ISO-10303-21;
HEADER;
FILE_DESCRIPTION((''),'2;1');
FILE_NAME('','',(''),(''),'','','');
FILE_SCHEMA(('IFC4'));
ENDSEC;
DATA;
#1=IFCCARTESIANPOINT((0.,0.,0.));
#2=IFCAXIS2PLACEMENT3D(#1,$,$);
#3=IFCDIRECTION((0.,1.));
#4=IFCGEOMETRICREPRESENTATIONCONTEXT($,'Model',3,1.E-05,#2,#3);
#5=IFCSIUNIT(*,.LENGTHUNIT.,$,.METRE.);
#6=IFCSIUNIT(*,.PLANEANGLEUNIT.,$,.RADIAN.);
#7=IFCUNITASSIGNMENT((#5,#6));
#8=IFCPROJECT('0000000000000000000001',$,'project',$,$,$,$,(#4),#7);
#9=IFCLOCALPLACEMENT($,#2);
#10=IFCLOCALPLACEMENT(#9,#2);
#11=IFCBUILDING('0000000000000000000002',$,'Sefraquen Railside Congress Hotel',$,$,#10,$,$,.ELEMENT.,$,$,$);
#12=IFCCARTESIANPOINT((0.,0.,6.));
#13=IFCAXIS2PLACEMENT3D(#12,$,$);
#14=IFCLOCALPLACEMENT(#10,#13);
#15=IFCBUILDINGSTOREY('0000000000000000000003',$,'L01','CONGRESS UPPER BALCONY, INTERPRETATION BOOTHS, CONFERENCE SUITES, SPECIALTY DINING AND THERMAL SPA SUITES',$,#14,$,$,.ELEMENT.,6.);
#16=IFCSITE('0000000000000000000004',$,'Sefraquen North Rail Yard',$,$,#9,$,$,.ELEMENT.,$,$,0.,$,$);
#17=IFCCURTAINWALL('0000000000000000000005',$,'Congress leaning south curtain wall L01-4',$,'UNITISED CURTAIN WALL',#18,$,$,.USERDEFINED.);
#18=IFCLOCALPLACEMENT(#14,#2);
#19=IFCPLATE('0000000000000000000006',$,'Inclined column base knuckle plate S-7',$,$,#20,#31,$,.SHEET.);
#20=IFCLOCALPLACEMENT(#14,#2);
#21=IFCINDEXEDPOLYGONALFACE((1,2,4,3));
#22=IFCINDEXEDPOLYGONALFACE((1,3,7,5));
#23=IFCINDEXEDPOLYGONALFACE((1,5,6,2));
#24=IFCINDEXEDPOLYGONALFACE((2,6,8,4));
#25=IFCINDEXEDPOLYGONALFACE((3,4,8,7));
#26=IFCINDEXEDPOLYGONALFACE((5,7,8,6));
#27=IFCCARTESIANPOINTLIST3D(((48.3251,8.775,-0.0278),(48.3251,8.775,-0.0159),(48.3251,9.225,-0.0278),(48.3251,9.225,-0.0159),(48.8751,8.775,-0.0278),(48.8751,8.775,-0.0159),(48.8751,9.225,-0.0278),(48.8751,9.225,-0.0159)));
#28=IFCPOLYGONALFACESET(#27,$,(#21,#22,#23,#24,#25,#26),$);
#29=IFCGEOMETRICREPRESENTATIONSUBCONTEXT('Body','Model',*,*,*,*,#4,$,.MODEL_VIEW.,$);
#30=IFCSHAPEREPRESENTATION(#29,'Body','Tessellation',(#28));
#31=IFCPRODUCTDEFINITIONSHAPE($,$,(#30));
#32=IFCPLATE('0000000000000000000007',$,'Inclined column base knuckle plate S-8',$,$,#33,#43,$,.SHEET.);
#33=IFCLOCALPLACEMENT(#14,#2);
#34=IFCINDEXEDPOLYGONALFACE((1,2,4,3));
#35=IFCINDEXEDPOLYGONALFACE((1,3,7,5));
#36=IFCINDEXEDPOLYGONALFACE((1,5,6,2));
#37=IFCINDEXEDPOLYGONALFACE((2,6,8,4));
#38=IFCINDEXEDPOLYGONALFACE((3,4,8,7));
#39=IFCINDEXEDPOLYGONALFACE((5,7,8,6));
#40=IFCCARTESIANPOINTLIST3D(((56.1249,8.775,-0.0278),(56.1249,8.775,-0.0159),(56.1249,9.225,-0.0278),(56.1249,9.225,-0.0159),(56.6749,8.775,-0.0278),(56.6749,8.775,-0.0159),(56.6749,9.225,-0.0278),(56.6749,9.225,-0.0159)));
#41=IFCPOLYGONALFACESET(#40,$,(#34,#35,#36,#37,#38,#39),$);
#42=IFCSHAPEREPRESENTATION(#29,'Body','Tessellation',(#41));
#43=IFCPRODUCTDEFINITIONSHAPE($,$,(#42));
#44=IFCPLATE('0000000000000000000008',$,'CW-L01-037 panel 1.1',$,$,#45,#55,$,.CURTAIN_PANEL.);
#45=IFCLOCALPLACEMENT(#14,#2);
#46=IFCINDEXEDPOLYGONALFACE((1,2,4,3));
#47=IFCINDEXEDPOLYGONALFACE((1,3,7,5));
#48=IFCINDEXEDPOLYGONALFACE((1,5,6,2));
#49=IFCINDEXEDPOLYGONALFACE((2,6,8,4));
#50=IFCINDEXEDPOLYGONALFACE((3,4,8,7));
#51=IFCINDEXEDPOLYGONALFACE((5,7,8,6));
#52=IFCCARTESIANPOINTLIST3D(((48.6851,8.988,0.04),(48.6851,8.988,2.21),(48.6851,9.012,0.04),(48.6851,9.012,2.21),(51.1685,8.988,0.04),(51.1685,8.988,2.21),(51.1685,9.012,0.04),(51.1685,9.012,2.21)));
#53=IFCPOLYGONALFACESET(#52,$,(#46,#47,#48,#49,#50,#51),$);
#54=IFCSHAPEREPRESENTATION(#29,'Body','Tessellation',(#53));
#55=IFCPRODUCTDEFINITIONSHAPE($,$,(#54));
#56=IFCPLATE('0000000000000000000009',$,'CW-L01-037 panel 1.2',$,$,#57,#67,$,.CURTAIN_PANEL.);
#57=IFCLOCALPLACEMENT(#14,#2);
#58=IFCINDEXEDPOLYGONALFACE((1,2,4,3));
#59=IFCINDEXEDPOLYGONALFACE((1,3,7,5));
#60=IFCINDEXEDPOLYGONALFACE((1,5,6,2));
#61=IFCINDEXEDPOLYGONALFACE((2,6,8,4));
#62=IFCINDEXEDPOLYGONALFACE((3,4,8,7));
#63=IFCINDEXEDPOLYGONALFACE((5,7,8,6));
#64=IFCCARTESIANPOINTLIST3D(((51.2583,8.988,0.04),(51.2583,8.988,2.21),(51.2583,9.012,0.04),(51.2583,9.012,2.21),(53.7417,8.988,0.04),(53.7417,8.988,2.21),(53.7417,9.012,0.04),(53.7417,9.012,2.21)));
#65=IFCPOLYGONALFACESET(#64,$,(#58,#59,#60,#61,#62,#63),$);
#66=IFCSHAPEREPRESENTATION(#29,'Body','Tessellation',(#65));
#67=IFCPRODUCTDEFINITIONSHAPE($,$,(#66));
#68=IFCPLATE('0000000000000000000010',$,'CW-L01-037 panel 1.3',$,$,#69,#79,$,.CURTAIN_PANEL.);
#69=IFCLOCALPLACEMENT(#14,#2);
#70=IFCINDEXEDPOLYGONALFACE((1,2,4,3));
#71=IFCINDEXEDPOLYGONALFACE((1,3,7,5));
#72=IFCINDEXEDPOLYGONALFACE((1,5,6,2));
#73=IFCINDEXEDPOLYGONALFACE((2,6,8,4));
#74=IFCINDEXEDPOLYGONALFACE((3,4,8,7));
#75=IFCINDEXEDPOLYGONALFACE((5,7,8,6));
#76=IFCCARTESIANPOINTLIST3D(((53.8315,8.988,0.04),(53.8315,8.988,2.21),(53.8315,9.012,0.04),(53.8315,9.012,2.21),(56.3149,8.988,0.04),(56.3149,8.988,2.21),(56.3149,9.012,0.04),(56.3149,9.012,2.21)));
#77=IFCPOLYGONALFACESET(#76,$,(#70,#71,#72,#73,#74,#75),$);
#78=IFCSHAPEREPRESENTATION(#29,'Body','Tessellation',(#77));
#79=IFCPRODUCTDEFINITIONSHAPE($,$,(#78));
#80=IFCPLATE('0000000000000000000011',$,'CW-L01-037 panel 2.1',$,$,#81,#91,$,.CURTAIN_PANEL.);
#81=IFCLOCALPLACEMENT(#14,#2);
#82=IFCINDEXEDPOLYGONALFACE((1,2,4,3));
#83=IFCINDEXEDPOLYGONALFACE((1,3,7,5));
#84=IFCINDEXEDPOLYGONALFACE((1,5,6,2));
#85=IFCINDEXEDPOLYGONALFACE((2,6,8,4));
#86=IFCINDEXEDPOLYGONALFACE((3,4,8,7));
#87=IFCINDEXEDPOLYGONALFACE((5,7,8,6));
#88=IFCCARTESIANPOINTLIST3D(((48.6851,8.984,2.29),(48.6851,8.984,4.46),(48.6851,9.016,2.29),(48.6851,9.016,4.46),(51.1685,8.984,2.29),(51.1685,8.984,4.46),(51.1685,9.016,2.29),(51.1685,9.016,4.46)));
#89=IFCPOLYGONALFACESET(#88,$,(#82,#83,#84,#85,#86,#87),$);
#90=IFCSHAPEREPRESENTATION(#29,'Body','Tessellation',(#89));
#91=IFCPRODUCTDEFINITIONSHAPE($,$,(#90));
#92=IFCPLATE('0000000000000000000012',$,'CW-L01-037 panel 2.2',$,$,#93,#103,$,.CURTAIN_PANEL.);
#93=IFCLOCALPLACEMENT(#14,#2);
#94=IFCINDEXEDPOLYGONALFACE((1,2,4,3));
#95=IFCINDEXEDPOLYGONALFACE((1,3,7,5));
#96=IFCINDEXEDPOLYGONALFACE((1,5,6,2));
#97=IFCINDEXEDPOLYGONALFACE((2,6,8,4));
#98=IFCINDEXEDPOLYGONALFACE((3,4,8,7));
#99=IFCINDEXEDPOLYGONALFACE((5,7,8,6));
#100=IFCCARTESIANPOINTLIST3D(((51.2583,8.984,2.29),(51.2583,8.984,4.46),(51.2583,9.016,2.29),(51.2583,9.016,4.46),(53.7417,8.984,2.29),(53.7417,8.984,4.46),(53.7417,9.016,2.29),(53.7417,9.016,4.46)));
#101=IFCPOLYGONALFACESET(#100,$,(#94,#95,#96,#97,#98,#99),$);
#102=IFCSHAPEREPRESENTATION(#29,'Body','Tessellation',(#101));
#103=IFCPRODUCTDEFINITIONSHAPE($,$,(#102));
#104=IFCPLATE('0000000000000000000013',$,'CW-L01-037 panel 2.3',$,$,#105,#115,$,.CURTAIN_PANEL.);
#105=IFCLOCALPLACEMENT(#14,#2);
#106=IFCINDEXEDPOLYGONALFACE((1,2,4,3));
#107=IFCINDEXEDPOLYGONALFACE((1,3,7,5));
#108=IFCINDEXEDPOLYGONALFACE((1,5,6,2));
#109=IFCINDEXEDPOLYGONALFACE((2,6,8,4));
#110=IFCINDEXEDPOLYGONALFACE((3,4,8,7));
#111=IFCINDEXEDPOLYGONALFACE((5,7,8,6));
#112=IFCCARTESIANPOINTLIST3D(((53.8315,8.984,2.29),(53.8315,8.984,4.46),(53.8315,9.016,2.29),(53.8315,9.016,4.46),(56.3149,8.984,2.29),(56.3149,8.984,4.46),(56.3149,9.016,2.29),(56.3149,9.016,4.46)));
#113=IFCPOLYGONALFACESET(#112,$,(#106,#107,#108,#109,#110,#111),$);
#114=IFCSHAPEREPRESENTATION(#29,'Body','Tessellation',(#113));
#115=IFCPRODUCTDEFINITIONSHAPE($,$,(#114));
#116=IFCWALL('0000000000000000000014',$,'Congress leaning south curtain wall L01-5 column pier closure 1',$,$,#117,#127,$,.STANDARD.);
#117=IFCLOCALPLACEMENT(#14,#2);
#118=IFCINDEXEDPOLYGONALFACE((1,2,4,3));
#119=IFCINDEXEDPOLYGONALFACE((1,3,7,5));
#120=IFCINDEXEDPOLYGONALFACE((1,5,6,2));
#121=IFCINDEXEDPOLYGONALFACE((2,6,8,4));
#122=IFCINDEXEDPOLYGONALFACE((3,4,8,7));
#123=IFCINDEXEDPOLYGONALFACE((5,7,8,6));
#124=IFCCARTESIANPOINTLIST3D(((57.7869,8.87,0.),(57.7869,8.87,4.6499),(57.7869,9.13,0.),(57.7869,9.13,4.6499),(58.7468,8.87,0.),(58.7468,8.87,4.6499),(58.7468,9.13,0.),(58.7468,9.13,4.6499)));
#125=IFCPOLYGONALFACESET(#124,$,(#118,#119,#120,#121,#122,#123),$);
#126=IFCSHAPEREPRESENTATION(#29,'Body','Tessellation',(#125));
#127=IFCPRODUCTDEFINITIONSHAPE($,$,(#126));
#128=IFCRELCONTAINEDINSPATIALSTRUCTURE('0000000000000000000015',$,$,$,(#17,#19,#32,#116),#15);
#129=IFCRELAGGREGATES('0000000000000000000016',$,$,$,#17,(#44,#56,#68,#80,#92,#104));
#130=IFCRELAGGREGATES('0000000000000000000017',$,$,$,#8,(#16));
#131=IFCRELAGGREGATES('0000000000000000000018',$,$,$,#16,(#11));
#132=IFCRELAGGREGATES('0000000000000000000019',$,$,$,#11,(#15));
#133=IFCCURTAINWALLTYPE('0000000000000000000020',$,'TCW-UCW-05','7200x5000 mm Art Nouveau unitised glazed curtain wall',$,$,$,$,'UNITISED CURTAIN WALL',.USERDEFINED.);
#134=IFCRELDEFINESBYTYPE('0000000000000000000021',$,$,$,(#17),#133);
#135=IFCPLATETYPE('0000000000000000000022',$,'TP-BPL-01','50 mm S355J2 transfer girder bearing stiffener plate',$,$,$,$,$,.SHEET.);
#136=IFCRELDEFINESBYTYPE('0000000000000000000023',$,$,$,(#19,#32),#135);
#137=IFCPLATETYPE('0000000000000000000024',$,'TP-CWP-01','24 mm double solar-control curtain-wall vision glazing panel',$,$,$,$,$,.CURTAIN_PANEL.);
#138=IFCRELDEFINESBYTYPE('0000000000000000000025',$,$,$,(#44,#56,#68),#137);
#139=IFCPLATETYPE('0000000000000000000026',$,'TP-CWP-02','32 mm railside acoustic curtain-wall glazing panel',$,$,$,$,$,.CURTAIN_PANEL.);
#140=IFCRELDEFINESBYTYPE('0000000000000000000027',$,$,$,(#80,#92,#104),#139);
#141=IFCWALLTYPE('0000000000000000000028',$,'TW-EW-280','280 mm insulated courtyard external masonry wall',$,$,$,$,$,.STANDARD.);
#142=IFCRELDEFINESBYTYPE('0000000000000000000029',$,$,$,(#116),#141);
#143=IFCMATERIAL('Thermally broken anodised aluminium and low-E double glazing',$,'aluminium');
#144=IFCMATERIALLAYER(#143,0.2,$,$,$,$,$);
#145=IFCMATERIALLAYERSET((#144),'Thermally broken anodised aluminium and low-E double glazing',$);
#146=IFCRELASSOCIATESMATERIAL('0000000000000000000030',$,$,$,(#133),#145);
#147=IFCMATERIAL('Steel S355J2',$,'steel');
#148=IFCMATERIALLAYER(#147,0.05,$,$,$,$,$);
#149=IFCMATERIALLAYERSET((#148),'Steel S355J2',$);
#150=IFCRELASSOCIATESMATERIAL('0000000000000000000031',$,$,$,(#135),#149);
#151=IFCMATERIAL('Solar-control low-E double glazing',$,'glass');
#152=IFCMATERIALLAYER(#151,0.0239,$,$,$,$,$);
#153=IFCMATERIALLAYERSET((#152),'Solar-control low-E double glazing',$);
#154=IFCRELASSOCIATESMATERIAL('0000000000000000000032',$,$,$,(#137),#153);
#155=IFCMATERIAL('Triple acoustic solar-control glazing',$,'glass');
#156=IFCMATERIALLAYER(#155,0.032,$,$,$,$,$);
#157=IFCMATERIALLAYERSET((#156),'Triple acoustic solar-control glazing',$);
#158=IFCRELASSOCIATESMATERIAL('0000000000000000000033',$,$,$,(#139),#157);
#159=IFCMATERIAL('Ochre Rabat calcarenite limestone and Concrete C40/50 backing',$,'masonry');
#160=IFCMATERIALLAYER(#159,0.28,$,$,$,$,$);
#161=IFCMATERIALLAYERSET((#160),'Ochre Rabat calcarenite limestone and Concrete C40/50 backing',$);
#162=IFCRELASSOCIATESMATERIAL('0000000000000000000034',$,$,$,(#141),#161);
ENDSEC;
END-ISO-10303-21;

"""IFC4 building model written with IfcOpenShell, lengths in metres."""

from ifc_helpers import new_model, si_unit, direction, frame, frame_2d, origin, origin_2d, place, context, subcontext, project, spatial, rectangle, extrude, material, layer, layer_set, type_object, element, aggregate, save


model = new_model("IFC4")

# Units and contexts
model_context = context("Model", 3, precision=1e-05, world=origin(), true_north=direction((0.0, 1.0)))
body_context = subcontext(model_context, "Body", "Model", "MODEL_VIEW")
ifc_project = project(units=[si_unit("LENGTHUNIT", "METRE"), si_unit("PLANEANGLEUNIT", "RADIAN")], contexts=[model_context])

# Site, building, storey
site_placement = place(None, origin())
site = spatial("IfcSite", under=ifc_project, at=site_placement, Name="Sefraquen North Rail Yard", CompositionType="ELEMENT", RefElevation=0.0)
building_placement = place(site_placement, origin())
building = spatial("IfcBuilding", under=site, at=building_placement, Name="Sefraquen Railside Congress Hotel", CompositionType="ELEMENT")
storey_placement = place(building_placement, frame((0.0, 0.0, 6.0)))
storey = spatial("IfcBuildingStorey", under=building, at=storey_placement, Name="L01", Description="CONGRESS UPPER BALCONY, INTERPRETATION BOOTHS, CONFERENCE SUITES, SPECIALTY DINING AND THERMAL SPA SUITES", CompositionType="ELEMENT", Elevation=6.0)

# Shared definitions
ifc_material_1 = material(Name="Steel S355J2", Category="steel")

# Curtain wall
ifc_material_2 = material(Name="Thermally broken anodised aluminium and low-E double glazing", Category="aluminium")
ifc_layer_1 = layer(ifc_material_2, 0.2)
ifc_layer_set_1 = layer_set([ifc_layer_1], Name="Thermally broken anodised aluminium and low-E double glazing")
curtain_wall_type_1 = type_object("IfcCurtainWallType", Name="TCW-UCW-05", Description="7200x5000 mm Art Nouveau unitised glazed curtain wall", ElementType="UNITISED CURTAIN WALL", PredefinedType="USERDEFINED", material=ifc_layer_set_1)
curtain_wall_1_placement = place(storey_placement, origin())
curtain_wall_1 = element("IfcCurtainWall", 1, at=curtain_wall_1_placement, inside=storey, type_object=curtain_wall_type_1, Name="Congress leaning south curtain wall L01-4", ObjectType="UNITISED CURTAIN WALL", PredefinedType="USERDEFINED")

# Plates
ifc_layer_2 = layer(ifc_material_1, 0.05)
ifc_layer_set_2 = layer_set([ifc_layer_2], Name="Steel S355J2")
plate_type_1 = type_object("IfcPlateType", Name="TP-BPL-01", Description="50 mm S355J2 transfer girder bearing stiffener plate", PredefinedType="SHEET", material=ifc_layer_set_2)
for number, where, z_axis, x_axis, name in (
    (2, (48.6001, 9.0, -0.0278), (0.0, 0.0, 1.0), (1.0, 0.0, 0.0), "Inclined column base knuckle plate S-7"),
    (3, (56.3999, 9.0, -0.0278), (0.0, 0.0, 1.0), (1.0, 0.0, 0.0), "Inclined column base knuckle plate S-8"),
):
    element("IfcPlate", number, at=place(storey_placement, frame(where, z_axis=z_axis, x_axis=x_axis)), inside=storey, type_object=plate_type_1, Name=name, PredefinedType="SHEET", context=body_context, shape_type="SweptSolid", body=[
        extrude(rectangle(XDim=0.55, YDim=0.45, at=origin_2d()), origin(), (0.0, 0.0, 1.0), 0.012),
    ])

# Plates
ifc_material_3 = material(Name="Solar-control low-E double glazing", Category="glass")
ifc_layer_3 = layer(ifc_material_3, 0.0239)
ifc_layer_set_3 = layer_set([ifc_layer_3], Name="Solar-control low-E double glazing")
plate_type_2 = type_object("IfcPlateType", Name="TP-CWP-01", Description="24 mm double solar-control curtain-wall vision glazing panel", PredefinedType="CURTAIN_PANEL", material=ifc_layer_set_3)
plate_1_placement = place(storey_placement, frame((49.9268, 9.0, 0.04), z_axis=(0.0, 0.0, 1.0), x_axis=(1.0, 0.0, 0.0)))
plate_1 = element("IfcPlate", 4, at=plate_1_placement, type_object=plate_type_2, Name="CW-L01-037 panel 1.1", PredefinedType="CURTAIN_PANEL", context=body_context, shape_type="SweptSolid", body=[
    extrude(rectangle(XDim=2.4834, YDim=0.0239, at=origin_2d()), origin(), (0.0, 0.0, 1.0), 2.1699),
])
plate_2_placement = place(storey_placement, frame((52.5, 9.0, 0.04), z_axis=(0.0, 0.0, 1.0), x_axis=(1.0, 0.0, 0.0)))
plate_2 = element("IfcPlate", 5, at=plate_2_placement, type_object=plate_type_2, Name="CW-L01-037 panel 1.2", PredefinedType="CURTAIN_PANEL", context=body_context, shape_type="SweptSolid", body=[
    extrude(rectangle(XDim=2.4834, YDim=0.0239, at=origin_2d()), origin(), (0.0, 0.0, 1.0), 2.1699),
])
plate_3_placement = place(storey_placement, frame((55.0732, 9.0, 0.04), z_axis=(0.0, 0.0, 1.0), x_axis=(1.0, 0.0, 0.0)))
plate_3 = element("IfcPlate", 6, at=plate_3_placement, type_object=plate_type_2, Name="CW-L01-037 panel 1.3", PredefinedType="CURTAIN_PANEL", context=body_context, shape_type="SweptSolid", body=[
    extrude(rectangle(XDim=2.4834, YDim=0.0239, at=origin_2d()), origin(), (0.0, 0.0, 1.0), 2.1699),
])
ifc_material_4 = material(Name="Triple acoustic solar-control glazing", Category="glass")
ifc_layer_4 = layer(ifc_material_4, 0.032)
ifc_layer_set_4 = layer_set([ifc_layer_4], Name="Triple acoustic solar-control glazing")
plate_type_3 = type_object("IfcPlateType", Name="TP-CWP-02", Description="32 mm railside acoustic curtain-wall glazing panel", PredefinedType="CURTAIN_PANEL", material=ifc_layer_set_4)
plate_4_placement = place(storey_placement, frame((49.9268, 9.0, 2.29), z_axis=(0.0, 0.0, 1.0), x_axis=(1.0, 0.0, 0.0)))
plate_4 = element("IfcPlate", 7, at=plate_4_placement, type_object=plate_type_3, Name="CW-L01-037 panel 2.1", PredefinedType="CURTAIN_PANEL", context=body_context, shape_type="SweptSolid", body=[
    extrude(rectangle(XDim=2.4834, YDim=0.032, at=origin_2d()), origin(), (0.0, 0.0, 1.0), 2.1699),
])
plate_5_placement = place(storey_placement, frame((52.5, 9.0, 2.29), z_axis=(0.0, 0.0, 1.0), x_axis=(1.0, 0.0, 0.0)))
plate_5 = element("IfcPlate", 8, at=plate_5_placement, type_object=plate_type_3, Name="CW-L01-037 panel 2.2", PredefinedType="CURTAIN_PANEL", context=body_context, shape_type="SweptSolid", body=[
    extrude(rectangle(XDim=2.4834, YDim=0.032, at=origin_2d()), origin(), (0.0, 0.0, 1.0), 2.1699),
])
plate_6_placement = place(storey_placement, frame((55.0732, 9.0, 2.29), z_axis=(0.0, 0.0, 1.0), x_axis=(1.0, 0.0, 0.0)))
plate_6 = element("IfcPlate", 9, at=plate_6_placement, type_object=plate_type_3, Name="CW-L01-037 panel 2.3", PredefinedType="CURTAIN_PANEL", context=body_context, shape_type="SweptSolid", body=[
    extrude(rectangle(XDim=2.4834, YDim=0.032, at=origin_2d()), origin(), (0.0, 0.0, 1.0), 2.1699),
])
aggregate(curtain_wall_1, [plate_1, plate_2, plate_3, plate_4, plate_5, plate_6])

# Wall
ifc_material_5 = material(Name="Ochre Rabat calcarenite limestone and Concrete C40/50 backing", Category="masonry")
ifc_layer_5 = layer(ifc_material_5, 0.28)
ifc_layer_set_5 = layer_set([ifc_layer_5], Name="Ochre Rabat calcarenite limestone and Concrete C40/50 backing")
wall_type = type_object("IfcWallType", Name="TW-EW-280", Description="280 mm insulated courtyard external masonry wall", PredefinedType="STANDARD", material=ifc_layer_set_5)
wall_placement = place(storey_placement, frame((57.7869, 9.0, 0.0), z_axis=(0.0, 0.0, 1.0), x_axis=(1.0, 0.0, 0.0)))
element("IfcWall", 10, at=wall_placement, inside=storey, type_object=wall_type, Name="Congress leaning south curtain wall L01-5 column pier closure 1", PredefinedType="STANDARD", context=body_context, shape_type="SweptSolid", body=[
    extrude(rectangle(XDim=0.96, YDim=0.26, at=frame_2d((0.48, 0.0))), origin(), (0.0, 0.0, 1.0), 4.6499),
])

save(model, "model.ifc")
